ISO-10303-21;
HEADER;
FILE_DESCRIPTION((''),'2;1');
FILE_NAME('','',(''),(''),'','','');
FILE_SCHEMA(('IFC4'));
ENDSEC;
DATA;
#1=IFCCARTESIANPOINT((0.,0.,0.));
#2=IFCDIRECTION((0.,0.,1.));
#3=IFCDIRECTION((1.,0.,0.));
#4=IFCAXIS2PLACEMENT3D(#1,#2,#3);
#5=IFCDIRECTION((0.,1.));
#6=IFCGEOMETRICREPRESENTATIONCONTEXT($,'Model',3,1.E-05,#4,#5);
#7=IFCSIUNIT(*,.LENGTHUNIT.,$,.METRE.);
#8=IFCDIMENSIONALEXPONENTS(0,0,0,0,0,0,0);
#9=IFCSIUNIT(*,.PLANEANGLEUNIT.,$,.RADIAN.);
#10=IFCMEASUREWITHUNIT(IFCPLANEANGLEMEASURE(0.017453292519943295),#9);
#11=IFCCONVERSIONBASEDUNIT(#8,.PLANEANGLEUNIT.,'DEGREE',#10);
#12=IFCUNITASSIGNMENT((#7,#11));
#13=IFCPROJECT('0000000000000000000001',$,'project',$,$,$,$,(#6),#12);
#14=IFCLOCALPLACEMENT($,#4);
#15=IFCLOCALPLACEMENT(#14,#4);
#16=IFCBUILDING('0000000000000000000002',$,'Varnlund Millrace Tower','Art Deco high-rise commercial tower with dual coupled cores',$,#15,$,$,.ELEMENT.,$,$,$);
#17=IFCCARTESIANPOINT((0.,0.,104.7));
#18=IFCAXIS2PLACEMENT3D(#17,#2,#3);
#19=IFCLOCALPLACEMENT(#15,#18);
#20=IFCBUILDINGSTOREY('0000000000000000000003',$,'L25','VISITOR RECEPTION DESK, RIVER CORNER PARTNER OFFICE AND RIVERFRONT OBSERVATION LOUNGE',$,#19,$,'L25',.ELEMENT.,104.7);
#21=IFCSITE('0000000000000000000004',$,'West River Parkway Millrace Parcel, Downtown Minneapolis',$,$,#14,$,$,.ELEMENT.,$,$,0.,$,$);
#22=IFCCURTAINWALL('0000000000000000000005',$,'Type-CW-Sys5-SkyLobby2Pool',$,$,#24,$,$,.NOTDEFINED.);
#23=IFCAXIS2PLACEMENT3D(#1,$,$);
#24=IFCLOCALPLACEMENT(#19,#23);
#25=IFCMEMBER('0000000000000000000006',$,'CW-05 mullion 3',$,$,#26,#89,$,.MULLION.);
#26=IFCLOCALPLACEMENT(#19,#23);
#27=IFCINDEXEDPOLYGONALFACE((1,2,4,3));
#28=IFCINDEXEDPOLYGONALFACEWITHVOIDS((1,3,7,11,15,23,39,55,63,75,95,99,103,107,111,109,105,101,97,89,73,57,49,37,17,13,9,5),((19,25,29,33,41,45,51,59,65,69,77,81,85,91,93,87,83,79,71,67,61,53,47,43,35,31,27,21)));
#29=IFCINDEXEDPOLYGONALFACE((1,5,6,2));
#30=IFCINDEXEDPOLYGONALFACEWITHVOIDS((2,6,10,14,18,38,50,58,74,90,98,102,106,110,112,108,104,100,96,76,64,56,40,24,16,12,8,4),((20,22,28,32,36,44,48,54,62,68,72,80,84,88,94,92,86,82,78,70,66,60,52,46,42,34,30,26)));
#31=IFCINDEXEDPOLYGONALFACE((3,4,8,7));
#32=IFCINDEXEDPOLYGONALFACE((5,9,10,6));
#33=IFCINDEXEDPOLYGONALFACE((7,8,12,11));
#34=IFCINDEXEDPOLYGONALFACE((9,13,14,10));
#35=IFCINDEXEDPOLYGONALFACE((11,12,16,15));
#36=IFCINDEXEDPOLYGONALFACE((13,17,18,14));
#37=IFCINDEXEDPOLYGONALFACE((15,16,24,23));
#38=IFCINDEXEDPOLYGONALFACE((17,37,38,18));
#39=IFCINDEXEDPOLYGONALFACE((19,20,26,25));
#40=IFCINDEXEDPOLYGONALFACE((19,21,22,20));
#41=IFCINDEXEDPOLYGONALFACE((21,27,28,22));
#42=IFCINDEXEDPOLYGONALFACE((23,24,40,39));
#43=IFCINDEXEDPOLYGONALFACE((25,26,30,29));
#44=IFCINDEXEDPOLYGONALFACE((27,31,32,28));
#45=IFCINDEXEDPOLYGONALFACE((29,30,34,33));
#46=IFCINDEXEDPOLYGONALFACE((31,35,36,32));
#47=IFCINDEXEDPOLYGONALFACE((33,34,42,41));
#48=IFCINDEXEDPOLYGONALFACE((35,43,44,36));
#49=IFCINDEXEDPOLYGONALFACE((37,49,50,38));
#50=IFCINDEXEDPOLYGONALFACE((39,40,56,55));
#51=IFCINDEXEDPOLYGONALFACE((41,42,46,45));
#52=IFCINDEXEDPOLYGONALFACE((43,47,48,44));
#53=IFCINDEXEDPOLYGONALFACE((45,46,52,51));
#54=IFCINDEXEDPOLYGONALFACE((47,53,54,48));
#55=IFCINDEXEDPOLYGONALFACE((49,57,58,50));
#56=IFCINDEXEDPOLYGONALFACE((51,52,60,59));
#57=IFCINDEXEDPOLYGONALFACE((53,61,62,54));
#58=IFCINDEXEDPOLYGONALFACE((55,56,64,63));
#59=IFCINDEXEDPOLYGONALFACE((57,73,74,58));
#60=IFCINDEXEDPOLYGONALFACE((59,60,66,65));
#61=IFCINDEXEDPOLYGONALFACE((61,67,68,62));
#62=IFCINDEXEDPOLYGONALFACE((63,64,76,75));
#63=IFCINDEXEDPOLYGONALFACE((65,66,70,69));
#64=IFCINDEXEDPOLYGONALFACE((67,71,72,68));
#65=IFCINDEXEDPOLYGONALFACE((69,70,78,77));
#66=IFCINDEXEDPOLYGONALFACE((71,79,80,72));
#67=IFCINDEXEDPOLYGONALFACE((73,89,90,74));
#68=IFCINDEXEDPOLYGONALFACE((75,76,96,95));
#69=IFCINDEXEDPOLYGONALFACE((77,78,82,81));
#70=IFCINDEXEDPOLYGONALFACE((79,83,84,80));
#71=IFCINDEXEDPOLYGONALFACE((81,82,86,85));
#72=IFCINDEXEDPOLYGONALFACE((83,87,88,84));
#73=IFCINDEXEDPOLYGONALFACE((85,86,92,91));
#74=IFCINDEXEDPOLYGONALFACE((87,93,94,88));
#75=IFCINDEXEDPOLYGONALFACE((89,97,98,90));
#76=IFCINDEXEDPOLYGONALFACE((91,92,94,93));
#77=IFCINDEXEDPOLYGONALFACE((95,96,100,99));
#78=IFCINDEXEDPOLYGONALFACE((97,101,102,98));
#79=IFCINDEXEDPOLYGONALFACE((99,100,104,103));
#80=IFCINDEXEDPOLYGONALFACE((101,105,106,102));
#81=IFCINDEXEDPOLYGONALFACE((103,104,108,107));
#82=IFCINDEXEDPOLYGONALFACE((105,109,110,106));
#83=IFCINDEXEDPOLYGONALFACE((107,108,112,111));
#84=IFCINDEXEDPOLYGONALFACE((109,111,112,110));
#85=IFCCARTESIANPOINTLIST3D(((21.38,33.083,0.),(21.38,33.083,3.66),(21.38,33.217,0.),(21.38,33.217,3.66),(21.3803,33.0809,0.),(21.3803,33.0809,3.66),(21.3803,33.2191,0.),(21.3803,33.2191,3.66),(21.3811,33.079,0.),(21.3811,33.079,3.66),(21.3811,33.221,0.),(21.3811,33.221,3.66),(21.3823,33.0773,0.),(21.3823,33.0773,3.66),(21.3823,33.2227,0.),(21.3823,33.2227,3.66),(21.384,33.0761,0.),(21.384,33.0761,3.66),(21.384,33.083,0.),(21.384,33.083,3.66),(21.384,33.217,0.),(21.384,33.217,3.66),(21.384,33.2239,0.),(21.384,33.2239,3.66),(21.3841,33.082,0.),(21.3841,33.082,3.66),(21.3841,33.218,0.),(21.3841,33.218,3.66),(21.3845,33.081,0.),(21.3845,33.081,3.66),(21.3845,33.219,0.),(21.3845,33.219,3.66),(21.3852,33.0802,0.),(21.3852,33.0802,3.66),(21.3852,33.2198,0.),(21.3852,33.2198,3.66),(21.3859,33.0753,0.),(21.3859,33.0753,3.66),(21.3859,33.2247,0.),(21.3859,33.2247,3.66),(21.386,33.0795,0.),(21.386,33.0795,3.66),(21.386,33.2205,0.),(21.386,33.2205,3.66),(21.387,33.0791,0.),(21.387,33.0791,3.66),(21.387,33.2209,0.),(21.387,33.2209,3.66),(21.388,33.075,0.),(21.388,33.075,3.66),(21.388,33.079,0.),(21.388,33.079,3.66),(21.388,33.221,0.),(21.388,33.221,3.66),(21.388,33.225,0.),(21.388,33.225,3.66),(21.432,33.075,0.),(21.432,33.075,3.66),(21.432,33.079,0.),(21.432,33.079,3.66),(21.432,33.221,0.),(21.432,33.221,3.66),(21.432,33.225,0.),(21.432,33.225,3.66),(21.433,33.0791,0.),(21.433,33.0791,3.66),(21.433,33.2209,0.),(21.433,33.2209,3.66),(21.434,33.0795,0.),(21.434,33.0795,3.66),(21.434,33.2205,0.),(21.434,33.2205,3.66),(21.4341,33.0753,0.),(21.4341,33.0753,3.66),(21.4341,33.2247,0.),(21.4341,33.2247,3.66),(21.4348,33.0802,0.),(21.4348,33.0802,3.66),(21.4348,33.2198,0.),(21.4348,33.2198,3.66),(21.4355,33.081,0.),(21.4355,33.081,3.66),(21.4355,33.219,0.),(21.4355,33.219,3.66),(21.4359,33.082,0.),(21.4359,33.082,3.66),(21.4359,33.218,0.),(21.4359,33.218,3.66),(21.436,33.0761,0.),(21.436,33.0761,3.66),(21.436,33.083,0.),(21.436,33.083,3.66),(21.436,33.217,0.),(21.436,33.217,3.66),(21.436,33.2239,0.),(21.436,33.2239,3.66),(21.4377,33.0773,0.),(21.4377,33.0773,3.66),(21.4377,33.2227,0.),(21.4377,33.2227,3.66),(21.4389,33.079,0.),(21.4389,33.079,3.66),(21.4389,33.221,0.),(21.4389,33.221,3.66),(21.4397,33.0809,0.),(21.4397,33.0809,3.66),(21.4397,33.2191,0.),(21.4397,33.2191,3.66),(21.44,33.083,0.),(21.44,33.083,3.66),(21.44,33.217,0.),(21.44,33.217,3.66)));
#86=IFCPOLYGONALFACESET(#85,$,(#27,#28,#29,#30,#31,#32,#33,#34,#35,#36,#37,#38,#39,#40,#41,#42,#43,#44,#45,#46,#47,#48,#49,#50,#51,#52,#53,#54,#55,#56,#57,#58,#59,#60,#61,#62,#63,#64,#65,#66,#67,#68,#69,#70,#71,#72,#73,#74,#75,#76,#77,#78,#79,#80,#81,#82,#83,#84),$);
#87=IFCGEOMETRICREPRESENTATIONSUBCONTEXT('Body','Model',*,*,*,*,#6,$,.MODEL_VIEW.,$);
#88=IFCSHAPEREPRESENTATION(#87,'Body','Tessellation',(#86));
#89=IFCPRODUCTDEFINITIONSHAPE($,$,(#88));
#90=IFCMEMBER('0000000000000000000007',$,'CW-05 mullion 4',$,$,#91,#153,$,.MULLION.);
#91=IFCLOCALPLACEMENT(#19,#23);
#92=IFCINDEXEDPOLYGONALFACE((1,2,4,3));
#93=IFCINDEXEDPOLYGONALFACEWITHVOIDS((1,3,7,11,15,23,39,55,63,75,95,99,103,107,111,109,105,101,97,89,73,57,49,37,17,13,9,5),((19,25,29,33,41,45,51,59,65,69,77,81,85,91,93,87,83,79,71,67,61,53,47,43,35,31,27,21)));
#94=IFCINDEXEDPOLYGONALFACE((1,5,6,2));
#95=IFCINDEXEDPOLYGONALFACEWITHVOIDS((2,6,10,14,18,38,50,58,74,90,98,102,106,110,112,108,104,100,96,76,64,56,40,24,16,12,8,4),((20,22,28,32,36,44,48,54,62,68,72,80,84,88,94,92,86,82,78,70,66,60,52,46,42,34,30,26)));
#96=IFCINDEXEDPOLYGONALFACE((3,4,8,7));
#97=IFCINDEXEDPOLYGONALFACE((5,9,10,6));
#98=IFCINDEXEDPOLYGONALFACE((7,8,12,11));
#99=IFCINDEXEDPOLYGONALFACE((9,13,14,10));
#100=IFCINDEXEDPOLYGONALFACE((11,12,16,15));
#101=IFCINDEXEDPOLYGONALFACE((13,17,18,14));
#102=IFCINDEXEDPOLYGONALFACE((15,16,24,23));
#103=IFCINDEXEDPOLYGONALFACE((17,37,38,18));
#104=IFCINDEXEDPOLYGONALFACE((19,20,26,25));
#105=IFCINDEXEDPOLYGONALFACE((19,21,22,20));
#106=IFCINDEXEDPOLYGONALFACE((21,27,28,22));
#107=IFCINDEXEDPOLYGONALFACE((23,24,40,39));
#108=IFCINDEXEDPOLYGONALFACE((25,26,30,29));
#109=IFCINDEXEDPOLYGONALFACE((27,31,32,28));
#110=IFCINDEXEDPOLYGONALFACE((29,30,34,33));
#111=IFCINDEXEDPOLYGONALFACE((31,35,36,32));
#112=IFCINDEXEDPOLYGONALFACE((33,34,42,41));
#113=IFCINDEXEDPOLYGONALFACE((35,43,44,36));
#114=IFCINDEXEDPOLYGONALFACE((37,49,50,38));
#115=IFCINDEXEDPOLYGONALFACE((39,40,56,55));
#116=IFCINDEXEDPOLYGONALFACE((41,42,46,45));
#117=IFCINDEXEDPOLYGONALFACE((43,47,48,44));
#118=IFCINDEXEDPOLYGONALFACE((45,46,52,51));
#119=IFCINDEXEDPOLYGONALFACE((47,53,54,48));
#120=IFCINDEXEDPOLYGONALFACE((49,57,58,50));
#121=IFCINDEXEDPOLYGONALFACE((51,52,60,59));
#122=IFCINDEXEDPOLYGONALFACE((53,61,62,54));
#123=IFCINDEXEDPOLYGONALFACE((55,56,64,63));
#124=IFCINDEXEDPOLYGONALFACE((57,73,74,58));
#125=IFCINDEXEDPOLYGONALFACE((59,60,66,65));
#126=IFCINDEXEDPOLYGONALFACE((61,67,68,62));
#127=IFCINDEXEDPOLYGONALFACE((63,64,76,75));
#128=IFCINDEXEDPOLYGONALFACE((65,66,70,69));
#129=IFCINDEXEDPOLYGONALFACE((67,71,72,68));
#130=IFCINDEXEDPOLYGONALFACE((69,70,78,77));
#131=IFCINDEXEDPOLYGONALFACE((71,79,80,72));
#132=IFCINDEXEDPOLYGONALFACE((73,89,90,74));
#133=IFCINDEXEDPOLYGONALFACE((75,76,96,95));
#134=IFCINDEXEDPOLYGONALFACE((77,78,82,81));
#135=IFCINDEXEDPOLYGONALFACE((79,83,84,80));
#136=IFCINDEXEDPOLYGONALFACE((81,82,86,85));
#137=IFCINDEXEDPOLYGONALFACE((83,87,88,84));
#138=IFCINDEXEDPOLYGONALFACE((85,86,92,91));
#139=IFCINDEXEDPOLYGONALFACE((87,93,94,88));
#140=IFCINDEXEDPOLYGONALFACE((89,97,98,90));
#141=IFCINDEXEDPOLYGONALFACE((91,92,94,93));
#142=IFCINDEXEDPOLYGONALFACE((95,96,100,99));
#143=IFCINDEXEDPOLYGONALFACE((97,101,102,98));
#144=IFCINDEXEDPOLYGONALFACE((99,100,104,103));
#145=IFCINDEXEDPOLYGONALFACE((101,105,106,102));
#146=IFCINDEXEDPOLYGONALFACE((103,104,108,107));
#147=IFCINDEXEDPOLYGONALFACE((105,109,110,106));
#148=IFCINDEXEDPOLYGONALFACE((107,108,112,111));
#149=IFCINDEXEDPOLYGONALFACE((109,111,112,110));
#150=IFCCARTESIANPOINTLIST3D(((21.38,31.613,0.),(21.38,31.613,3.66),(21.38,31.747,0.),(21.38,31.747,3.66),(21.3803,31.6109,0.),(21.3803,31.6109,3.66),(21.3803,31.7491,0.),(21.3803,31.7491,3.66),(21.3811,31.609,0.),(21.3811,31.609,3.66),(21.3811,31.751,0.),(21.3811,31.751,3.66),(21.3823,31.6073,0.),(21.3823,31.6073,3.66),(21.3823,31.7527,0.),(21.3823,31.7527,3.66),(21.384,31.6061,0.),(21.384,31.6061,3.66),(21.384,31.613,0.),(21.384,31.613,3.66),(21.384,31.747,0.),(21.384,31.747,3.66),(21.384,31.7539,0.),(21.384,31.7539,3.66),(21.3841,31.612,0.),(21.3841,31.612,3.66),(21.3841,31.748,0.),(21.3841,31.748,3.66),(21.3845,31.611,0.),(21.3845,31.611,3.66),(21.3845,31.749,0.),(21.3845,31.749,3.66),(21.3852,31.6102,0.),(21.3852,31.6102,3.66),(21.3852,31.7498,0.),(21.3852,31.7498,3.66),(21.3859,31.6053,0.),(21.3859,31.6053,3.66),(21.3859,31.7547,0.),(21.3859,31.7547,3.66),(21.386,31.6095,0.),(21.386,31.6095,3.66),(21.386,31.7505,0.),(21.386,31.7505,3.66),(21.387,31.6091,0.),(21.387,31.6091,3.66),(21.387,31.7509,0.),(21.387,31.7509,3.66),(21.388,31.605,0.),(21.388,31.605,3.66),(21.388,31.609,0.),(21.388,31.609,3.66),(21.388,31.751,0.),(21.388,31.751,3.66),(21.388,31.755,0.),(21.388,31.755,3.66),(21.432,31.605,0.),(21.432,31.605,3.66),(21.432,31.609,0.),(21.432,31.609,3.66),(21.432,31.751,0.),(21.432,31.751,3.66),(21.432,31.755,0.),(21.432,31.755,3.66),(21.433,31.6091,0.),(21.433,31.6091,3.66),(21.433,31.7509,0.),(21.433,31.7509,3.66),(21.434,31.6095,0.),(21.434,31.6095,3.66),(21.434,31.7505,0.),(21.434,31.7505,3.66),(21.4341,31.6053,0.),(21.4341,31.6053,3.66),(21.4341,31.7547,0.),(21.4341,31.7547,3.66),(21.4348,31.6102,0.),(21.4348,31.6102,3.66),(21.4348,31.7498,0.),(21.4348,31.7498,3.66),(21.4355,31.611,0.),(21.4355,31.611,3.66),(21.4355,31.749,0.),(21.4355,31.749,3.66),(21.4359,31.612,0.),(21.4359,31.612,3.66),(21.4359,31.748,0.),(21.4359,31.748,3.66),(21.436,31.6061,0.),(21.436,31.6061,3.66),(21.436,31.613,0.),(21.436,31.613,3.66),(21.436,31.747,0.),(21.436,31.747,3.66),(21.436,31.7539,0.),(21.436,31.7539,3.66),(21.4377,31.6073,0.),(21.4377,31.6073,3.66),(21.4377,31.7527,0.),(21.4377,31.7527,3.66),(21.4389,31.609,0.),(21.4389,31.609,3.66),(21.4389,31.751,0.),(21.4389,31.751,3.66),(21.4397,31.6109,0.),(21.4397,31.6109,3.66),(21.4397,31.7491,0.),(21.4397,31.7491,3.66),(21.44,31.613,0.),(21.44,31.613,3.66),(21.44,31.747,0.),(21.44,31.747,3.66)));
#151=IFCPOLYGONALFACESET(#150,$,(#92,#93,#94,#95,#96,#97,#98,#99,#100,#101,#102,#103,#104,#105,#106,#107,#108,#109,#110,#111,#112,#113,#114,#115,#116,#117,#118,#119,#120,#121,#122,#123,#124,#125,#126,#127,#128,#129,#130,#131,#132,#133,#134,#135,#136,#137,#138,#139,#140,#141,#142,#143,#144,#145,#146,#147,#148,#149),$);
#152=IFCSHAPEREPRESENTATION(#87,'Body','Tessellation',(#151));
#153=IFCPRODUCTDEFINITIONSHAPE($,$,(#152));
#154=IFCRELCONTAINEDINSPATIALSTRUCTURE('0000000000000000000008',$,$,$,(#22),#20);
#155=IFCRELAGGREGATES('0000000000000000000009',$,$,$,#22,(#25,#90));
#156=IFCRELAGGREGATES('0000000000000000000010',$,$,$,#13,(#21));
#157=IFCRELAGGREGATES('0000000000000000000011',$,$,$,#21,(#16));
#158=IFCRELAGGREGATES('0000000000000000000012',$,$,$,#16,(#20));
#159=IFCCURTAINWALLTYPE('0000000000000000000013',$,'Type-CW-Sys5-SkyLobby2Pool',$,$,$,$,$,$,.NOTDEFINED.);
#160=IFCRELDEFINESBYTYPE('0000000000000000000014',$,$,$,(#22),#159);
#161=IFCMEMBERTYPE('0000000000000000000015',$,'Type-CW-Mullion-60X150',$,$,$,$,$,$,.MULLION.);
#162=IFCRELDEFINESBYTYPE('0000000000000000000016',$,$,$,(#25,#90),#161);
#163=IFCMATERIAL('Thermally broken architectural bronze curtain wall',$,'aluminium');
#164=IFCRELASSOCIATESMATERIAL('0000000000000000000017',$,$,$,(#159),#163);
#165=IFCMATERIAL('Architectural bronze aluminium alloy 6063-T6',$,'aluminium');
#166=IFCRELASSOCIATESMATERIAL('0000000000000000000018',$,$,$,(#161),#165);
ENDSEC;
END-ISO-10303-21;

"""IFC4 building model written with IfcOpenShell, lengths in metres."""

from ifc_helpers import new_model, entity, si_unit, converted_unit, direction, frame, origin_with_axes, origin_2d_with_axis, place, context, subcontext, project, spatial, hollow_rectangle, extrude, material, material_profile, profile_set, type_object, element, aggregate, save


model = new_model("IFC4")

# Units and contexts
model_context = context("Model", 3, precision=1e-05, world=origin_with_axes(), true_north=direction((0.0, 1.0)))
body_context = subcontext(model_context, "Body", "Model", "MODEL_VIEW")
ifc_project = project(units=[si_unit("LENGTHUNIT", "METRE"), converted_unit("PLANEANGLEUNIT", "DEGREE", entity("IfcPlaneAngleMeasure", 0.017453292519943295), si_unit("PLANEANGLEUNIT", "RADIAN"), dimensions=[0, 0, 0, 0, 0, 0, 0])], contexts=[model_context])

# Site, building, storey
site_placement = place(None, origin_with_axes())
site = spatial("IfcSite", under=ifc_project, at=site_placement, Name="West River Parkway Millrace Parcel, Downtown Minneapolis", CompositionType="ELEMENT", RefElevation=0.0)
building_placement = place(site_placement, origin_with_axes())
building = spatial("IfcBuilding", under=site, at=building_placement, Name="Varnlund Millrace Tower", Description="Art Deco high-rise commercial tower with dual coupled cores", CompositionType="ELEMENT")
storey_placement = place(building_placement, frame((0.0, 0.0, 104.7), z_axis=(0.0, 0.0, 1.0), x_axis=(1.0, 0.0, 0.0)))
storey = spatial("IfcBuildingStorey", under=building, at=storey_placement, Name="L25", Description="VISITOR RECEPTION DESK, RIVER CORNER PARTNER OFFICE AND RIVERFRONT OBSERVATION LOUNGE", LongName="L25", CompositionType="ELEMENT", Elevation=104.7)

# Curtain wall, members
ifc_material_1 = material(Name="Thermally broken architectural bronze curtain wall", Category="aluminium")
curtain_wall_type = type_object("IfcCurtainWallType", Name="Type-CW-Sys5-SkyLobby2Pool", PredefinedType="NOTDEFINED", material=ifc_material_1)
curtain_wall_placement = place(storey_placement, frame((21.41, 36.15, 0.0), z_axis=(0.0, 0.0, 1.0), x_axis=(1.0, 0.0, 0.0)))
curtain_wall = element("IfcCurtainWall", 1, at=curtain_wall_placement, inside=storey, type_object=curtain_wall_type, Name="Type-CW-Sys5-SkyLobby2Pool", PredefinedType="NOTDEFINED")
ifc_material_2 = material(Name="Architectural bronze aluminium alloy 6063-T6", Category="aluminium")
ifc_material_profile_1 = material_profile(ifc_material_2, hollow_rectangle(XDim=0.06, YDim=0.15, WallThickness=0.004, InnerFilletRadius=0.004, OuterFilletRadius=0.008, at=origin_2d_with_axis()), Name="Architectural bronze aluminium alloy 6063-T6")
ifc_profile_set_1 = profile_set([ifc_material_profile_1], Name="Architectural bronze aluminium alloy 6063-T6")
member_type_1 = type_object("IfcMemberType", Name="Type-CW-Mullion-60X150", PredefinedType="MULLION", material=ifc_profile_set_1)
member_1_placement = place(storey_placement, frame((21.41, 33.15, 0.0), z_axis=(0.0, 0.0, 1.0), x_axis=(1.0, 0.0, 0.0)))
member_1 = element("IfcMember", 2, at=member_1_placement, type_object=member_type_1, Name="CW-05 mullion 3", PredefinedType="MULLION", context=body_context, shape_type="SweptSolid", body=[
    extrude(hollow_rectangle(XDim=0.06, YDim=0.15, WallThickness=0.004, InnerFilletRadius=0.004, OuterFilletRadius=0.008, at=origin_2d_with_axis()), origin_with_axes(), (0.0, 0.0, 1.0), 3.66),
])
member_2_placement = place(storey_placement, frame((21.41, 31.68, 0.0), z_axis=(0.0, 0.0, 1.0), x_axis=(1.0, 0.0, 0.0)))
member_2 = element("IfcMember", 3, at=member_2_placement, type_object=member_type_1, Name="CW-05 mullion 4", PredefinedType="MULLION", context=body_context, shape_type="SweptSolid", body=[
    extrude(hollow_rectangle(XDim=0.06, YDim=0.15, WallThickness=0.004, InnerFilletRadius=0.004, OuterFilletRadius=0.008, at=origin_2d_with_axis()), origin_with_axes(), (0.0, 0.0, 1.0), 3.66),
])
aggregate(curtain_wall, [member_1, member_2])

save(model, "model.ifc")
